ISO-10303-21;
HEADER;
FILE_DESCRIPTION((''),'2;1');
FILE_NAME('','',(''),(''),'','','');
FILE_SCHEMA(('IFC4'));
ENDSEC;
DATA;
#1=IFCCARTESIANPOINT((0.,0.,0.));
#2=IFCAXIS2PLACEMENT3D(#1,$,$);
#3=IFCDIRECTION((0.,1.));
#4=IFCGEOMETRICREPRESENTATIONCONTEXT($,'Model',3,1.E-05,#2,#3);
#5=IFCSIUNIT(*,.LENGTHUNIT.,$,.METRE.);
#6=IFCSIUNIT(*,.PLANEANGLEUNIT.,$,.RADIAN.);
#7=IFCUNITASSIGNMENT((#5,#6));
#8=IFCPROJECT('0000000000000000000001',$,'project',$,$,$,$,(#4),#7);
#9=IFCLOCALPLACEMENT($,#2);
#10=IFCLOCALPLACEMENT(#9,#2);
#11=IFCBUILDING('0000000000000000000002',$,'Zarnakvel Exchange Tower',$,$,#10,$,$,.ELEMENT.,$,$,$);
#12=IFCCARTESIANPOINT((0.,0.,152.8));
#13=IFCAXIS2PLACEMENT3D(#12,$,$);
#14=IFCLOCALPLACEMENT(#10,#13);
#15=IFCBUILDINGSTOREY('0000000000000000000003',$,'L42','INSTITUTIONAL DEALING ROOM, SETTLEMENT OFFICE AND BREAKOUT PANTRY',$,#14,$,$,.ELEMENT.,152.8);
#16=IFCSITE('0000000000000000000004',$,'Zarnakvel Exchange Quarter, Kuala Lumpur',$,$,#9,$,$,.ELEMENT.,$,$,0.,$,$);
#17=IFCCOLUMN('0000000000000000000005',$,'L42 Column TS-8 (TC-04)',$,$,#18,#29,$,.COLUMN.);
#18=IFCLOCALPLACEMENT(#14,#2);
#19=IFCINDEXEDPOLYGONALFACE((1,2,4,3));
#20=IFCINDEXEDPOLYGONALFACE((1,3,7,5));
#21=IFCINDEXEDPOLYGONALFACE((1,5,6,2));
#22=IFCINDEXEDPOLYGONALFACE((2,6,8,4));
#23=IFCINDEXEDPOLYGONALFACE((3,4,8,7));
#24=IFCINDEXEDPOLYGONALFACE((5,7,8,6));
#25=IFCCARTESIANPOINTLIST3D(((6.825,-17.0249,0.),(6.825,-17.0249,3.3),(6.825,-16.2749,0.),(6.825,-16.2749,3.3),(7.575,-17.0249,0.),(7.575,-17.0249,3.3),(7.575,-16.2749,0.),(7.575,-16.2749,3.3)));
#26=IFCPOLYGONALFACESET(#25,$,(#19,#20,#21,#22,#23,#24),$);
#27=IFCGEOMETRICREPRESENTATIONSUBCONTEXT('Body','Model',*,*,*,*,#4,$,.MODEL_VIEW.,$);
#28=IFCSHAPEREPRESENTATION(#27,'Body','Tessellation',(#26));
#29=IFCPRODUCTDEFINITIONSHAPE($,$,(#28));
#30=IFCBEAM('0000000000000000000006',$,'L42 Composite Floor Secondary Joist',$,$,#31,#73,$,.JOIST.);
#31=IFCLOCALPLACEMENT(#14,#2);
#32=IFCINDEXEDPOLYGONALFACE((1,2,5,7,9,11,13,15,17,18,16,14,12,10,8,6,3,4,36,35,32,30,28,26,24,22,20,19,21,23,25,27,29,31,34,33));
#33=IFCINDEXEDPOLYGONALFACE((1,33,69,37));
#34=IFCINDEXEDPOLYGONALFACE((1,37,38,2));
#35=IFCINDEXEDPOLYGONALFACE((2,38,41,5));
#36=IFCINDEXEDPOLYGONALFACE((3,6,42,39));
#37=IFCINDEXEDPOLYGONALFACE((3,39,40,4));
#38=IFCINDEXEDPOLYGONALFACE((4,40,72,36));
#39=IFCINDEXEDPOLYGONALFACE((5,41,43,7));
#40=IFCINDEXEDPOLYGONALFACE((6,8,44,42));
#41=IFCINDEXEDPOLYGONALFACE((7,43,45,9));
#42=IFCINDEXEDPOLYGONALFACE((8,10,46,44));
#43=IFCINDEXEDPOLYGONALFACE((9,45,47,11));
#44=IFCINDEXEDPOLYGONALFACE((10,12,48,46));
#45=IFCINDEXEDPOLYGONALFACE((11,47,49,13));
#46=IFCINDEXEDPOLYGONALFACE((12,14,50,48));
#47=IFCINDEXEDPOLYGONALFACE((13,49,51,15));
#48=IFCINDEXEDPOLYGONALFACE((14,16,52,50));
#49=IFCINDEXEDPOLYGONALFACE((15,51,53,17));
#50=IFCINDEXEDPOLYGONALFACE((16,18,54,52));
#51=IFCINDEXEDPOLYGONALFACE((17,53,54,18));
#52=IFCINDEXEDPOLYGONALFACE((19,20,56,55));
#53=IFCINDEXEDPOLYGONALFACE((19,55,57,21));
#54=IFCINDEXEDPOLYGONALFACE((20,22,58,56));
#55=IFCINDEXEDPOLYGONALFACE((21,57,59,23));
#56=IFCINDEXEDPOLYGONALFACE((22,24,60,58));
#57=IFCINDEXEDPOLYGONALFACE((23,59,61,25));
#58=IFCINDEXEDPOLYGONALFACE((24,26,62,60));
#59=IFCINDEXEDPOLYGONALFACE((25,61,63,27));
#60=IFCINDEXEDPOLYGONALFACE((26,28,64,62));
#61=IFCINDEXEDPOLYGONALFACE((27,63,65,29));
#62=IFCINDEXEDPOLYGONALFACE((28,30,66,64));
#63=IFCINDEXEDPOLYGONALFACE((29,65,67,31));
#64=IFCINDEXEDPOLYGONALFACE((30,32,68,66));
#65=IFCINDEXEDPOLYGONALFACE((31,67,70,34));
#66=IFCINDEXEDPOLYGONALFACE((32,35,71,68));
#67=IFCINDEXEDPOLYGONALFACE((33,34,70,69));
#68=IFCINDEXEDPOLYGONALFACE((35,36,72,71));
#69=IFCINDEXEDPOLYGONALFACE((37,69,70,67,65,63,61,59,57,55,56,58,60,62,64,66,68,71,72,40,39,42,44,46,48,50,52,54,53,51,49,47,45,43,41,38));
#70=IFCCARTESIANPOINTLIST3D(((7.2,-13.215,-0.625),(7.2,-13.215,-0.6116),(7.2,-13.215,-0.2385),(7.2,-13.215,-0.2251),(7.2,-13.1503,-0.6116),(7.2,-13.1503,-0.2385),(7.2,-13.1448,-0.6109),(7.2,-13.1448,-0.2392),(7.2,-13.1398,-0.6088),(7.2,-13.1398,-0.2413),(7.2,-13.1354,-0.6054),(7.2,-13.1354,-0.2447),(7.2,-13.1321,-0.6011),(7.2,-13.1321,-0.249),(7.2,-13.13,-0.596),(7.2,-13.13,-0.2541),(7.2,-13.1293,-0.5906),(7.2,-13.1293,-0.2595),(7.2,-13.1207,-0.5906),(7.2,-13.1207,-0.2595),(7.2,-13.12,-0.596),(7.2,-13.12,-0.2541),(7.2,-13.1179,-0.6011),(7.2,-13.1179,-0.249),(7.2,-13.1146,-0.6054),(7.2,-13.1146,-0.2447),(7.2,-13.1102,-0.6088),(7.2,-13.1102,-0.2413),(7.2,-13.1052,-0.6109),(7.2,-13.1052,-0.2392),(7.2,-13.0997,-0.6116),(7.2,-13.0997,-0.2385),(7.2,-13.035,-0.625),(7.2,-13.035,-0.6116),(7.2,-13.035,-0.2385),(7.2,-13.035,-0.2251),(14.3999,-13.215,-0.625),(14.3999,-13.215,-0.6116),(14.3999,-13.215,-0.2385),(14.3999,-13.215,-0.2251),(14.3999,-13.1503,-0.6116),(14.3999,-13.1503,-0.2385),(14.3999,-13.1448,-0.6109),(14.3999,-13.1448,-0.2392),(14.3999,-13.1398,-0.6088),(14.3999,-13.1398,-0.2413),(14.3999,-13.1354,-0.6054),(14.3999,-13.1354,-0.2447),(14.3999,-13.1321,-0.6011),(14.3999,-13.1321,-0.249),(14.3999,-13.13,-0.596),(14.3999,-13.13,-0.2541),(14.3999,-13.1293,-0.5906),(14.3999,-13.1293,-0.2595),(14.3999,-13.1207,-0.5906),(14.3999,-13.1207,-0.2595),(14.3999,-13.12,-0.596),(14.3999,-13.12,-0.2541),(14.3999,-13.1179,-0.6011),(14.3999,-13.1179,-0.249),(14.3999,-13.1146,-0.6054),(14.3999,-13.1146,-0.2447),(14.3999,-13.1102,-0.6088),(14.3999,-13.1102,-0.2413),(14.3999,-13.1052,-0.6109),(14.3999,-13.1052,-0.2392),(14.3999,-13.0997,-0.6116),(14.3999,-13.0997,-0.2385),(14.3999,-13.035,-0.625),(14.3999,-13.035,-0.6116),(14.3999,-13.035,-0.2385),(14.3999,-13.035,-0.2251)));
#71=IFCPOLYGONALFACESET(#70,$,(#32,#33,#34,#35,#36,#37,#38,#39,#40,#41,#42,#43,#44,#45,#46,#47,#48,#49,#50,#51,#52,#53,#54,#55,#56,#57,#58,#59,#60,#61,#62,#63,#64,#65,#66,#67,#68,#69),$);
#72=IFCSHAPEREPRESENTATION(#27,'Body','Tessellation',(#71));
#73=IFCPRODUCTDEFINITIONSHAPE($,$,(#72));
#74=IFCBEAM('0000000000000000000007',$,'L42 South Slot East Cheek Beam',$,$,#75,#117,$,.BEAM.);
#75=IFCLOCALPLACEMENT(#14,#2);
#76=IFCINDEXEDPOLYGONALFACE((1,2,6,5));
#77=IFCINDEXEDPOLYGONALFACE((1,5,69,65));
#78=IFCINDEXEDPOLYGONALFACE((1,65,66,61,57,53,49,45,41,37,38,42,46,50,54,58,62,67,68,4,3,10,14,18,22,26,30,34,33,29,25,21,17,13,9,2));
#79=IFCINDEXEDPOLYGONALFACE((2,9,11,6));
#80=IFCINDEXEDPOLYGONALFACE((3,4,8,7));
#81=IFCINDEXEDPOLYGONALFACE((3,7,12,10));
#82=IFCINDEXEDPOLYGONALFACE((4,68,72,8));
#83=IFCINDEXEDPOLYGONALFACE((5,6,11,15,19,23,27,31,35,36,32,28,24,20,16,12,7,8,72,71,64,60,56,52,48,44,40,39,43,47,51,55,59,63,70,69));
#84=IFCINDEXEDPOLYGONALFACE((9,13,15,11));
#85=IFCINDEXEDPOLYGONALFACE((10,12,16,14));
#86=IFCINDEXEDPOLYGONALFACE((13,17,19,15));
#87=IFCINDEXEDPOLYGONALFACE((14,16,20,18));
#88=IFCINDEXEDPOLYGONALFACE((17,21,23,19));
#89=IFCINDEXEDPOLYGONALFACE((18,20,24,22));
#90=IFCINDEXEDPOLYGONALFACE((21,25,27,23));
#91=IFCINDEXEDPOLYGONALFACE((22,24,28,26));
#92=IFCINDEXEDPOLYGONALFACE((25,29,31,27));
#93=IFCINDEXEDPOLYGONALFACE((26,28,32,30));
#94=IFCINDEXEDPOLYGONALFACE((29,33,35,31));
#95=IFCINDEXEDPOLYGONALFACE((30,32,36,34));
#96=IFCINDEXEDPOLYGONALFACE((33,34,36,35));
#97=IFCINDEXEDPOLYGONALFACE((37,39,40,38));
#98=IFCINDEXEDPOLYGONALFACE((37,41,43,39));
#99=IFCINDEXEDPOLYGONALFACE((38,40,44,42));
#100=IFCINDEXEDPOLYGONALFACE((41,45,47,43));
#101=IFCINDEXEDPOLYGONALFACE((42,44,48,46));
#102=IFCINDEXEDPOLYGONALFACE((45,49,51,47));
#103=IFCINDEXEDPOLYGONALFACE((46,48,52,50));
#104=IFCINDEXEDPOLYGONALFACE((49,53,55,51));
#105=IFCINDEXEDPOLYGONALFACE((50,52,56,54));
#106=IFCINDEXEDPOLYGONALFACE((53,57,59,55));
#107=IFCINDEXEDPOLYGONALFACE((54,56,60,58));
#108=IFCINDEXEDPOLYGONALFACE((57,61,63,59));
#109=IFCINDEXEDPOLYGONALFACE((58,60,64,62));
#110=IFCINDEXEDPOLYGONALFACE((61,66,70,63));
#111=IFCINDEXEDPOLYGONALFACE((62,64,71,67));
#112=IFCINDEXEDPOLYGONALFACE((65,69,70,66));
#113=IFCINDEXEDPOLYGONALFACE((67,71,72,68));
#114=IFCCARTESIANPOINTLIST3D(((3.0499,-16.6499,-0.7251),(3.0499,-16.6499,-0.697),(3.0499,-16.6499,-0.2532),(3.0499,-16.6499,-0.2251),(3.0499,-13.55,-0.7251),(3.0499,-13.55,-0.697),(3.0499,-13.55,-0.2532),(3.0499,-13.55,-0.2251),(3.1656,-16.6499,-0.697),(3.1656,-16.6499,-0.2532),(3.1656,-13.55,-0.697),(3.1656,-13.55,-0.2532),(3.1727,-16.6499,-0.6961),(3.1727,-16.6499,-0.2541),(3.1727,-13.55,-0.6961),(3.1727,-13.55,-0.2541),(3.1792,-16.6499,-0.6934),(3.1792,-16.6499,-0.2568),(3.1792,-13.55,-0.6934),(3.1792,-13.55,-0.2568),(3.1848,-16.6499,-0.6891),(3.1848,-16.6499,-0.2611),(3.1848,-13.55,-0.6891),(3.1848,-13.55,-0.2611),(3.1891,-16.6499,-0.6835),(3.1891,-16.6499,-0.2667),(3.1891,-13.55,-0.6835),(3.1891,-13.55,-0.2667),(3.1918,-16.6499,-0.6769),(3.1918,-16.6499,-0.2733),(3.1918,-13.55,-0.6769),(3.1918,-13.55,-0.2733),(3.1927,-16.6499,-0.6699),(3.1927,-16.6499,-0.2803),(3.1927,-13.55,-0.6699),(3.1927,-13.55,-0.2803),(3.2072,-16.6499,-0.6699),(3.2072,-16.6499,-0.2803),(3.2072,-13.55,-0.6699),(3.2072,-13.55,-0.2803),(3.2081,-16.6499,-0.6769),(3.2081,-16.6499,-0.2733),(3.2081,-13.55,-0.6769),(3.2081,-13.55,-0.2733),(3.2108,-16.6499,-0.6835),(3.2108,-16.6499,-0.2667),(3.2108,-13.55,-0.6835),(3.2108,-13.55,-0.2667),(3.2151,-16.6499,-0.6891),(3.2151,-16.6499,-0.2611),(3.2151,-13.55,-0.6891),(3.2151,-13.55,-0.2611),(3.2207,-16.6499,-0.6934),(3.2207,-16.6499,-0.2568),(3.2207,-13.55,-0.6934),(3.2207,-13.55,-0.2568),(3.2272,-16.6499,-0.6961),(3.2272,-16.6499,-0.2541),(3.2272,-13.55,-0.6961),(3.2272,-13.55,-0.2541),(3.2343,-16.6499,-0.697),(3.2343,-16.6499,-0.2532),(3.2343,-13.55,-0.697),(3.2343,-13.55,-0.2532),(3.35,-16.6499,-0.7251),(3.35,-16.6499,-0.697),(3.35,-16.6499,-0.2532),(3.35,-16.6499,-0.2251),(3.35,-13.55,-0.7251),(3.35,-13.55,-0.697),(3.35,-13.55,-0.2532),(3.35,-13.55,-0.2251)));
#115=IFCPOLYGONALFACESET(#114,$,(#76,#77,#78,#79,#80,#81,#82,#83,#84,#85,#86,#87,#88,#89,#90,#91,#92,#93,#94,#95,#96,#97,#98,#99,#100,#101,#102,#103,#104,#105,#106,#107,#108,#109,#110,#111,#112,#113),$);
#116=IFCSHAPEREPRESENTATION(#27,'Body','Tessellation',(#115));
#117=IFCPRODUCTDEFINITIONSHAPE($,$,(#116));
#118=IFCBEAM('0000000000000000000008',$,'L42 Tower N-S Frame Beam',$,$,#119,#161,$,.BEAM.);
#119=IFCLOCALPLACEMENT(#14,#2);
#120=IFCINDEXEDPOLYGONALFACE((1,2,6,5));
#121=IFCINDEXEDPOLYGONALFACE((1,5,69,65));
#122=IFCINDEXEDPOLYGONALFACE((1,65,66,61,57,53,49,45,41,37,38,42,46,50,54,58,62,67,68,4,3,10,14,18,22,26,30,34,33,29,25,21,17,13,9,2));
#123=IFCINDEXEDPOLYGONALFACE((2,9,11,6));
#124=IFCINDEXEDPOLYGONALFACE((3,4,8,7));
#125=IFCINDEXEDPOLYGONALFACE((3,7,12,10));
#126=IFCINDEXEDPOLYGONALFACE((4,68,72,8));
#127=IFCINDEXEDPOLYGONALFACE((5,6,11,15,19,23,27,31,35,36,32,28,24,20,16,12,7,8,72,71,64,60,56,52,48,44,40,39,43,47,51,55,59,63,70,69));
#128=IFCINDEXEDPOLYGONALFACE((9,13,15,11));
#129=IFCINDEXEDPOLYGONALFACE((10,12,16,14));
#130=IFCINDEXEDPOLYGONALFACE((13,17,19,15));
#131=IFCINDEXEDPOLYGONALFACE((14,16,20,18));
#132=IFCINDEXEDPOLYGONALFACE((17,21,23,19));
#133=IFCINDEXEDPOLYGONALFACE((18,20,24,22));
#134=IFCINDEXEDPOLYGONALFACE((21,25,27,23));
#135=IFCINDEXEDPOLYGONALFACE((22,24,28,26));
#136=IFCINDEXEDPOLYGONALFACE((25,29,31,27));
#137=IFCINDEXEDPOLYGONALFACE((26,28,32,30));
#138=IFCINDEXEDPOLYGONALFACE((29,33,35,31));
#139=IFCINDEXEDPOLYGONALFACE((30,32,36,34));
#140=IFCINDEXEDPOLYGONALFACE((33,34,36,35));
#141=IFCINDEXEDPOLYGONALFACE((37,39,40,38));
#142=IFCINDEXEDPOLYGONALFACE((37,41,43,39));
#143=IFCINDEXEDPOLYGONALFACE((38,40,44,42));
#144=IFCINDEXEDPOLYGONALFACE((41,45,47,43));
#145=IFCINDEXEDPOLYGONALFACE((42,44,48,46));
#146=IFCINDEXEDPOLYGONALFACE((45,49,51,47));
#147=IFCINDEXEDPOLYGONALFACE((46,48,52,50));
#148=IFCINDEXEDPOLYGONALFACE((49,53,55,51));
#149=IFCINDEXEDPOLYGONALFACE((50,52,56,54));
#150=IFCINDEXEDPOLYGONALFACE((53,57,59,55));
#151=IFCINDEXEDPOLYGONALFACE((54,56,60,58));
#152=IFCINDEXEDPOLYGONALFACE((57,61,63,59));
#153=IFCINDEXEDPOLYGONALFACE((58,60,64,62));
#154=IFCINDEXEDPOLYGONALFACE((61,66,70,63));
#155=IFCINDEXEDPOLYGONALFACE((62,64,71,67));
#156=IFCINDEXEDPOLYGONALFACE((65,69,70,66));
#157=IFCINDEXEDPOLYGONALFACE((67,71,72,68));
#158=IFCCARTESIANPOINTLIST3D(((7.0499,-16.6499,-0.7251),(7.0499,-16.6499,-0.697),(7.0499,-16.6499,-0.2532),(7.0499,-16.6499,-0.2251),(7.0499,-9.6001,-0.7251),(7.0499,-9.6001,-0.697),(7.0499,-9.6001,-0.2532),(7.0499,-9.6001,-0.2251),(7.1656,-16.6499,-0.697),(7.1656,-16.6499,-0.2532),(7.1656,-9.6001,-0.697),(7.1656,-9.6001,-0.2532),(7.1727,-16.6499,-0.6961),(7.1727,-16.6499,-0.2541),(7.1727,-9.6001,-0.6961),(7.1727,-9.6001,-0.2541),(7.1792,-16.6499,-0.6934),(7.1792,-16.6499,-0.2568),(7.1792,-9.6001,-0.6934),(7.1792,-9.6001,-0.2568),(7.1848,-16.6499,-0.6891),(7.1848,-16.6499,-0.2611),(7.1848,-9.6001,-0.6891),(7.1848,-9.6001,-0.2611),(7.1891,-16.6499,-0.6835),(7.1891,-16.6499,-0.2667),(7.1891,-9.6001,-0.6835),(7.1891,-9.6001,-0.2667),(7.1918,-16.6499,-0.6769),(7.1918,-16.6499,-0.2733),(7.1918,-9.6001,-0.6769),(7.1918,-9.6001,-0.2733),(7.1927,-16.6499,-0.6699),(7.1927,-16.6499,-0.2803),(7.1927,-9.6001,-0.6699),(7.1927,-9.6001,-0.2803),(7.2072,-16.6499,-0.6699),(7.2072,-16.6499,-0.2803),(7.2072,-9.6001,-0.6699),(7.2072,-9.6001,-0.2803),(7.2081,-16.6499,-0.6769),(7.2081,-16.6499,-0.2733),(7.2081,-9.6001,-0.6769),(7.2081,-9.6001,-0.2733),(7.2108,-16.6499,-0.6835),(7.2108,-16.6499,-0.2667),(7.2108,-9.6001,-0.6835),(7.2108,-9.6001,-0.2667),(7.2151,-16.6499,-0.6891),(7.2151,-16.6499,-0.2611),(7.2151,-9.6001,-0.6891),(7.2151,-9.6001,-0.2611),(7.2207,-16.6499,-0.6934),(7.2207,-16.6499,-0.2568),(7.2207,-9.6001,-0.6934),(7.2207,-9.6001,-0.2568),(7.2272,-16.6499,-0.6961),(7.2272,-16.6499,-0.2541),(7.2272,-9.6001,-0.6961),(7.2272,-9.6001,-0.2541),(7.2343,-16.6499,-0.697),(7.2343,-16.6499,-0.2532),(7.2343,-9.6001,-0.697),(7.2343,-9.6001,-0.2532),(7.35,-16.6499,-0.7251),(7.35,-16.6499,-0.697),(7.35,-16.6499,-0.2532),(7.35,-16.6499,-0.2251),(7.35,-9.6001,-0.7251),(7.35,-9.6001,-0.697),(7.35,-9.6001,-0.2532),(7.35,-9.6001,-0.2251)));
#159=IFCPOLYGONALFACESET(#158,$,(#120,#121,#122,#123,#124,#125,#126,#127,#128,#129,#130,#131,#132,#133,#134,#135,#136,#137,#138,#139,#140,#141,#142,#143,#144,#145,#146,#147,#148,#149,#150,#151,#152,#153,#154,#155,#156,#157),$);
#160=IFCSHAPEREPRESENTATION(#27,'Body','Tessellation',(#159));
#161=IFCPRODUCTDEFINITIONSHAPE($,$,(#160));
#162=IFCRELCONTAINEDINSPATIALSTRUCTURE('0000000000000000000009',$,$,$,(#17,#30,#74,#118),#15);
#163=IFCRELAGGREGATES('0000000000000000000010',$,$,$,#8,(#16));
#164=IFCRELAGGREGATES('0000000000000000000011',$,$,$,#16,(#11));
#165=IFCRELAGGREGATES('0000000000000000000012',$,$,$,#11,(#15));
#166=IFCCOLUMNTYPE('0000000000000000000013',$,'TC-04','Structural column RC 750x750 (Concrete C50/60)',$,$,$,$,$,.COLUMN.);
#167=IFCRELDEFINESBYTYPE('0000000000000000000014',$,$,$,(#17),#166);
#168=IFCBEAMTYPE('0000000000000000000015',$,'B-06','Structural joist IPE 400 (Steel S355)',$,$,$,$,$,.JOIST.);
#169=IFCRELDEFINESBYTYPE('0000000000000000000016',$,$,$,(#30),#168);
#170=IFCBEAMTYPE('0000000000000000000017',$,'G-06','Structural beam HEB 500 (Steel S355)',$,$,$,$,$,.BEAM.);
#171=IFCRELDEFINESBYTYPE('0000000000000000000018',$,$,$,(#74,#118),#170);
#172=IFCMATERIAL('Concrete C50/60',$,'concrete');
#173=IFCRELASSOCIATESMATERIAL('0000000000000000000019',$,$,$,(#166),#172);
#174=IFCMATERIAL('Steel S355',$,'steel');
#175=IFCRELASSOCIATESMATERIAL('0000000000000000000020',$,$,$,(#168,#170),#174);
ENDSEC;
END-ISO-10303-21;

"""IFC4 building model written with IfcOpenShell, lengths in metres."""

from ifc_helpers import new_model, si_unit, direction, frame, origin, origin_2d, place, context, subcontext, project, spatial, rectangle, i_section, extrude, material, material_profile, profile_set, type_object, element, save


model = new_model("IFC4")

# Units and contexts
model_context = context("Model", 3, precision=1e-05, world=origin(), true_north=direction((0.0, 1.0)))
body_context = subcontext(model_context, "Body", "Model", "MODEL_VIEW")
ifc_project = project(units=[si_unit("LENGTHUNIT", "METRE"), si_unit("PLANEANGLEUNIT", "RADIAN")], contexts=[model_context])

# Site, building, storey
site_placement = place(None, origin())
site = spatial("IfcSite", under=ifc_project, at=site_placement, Name="Zarnakvel Exchange Quarter, Kuala Lumpur", CompositionType="ELEMENT", RefElevation=0.0)
building_placement = place(site_placement, origin())
building = spatial("IfcBuilding", under=site, at=building_placement, Name="Zarnakvel Exchange Tower", CompositionType="ELEMENT")
storey_placement = place(building_placement, frame((0.0, 0.0, 152.8)))
storey = spatial("IfcBuildingStorey", under=building, at=storey_placement, Name="L42", Description="INSTITUTIONAL DEALING ROOM, SETTLEMENT OFFICE AND BREAKOUT PANTRY", CompositionType="ELEMENT", Elevation=152.8)

# Column
ifc_material_1 = material(Name="Concrete C50/60", Category="concrete")
ifc_material_profile_1 = material_profile(ifc_material_1, rectangle(XDim=0.75, YDim=0.75, at=origin_2d()))
ifc_profile_set_1 = profile_set([ifc_material_profile_1], Name="Concrete C50/60")
column_type = type_object("IfcColumnType", Name="TC-04", Description="Structural column RC 750x750 (Concrete C50/60)", PredefinedType="COLUMN", material=ifc_profile_set_1)
column_placement = place(storey_placement, frame((7.2, -16.6499, 0.0), z_axis=(0.0, 0.0, 1.0), x_axis=(1.0, 0.0, 0.0)))
element("IfcColumn", 1, at=column_placement, inside=storey, type_object=column_type, Name="L42 Column TS-8 (TC-04)", PredefinedType="COLUMN", context=body_context, shape_type="SweptSolid", body=[
    extrude(rectangle(XDim=0.75, YDim=0.75, at=origin_2d()), origin(), (0.0, 0.0, 1.0), 3.3),
])

# Beams
ifc_material_2 = material(Name="Steel S355", Category="steel")
ifc_material_profile_2 = material_profile(ifc_material_2, i_section(OverallWidth=0.1799, OverallDepth=0.3999, WebThickness=0.0085, FlangeThickness=0.0134, FilletRadius=0.021, at=origin_2d()))
ifc_profile_set_2 = profile_set([ifc_material_profile_2], Name="Steel S355")
beam_type_1 = type_object("IfcBeamType", Name="B-06", Description="Structural joist IPE 400 (Steel S355)", PredefinedType="JOIST", material=ifc_profile_set_2)
beam_1_placement = place(storey_placement, frame((7.2, -13.125, -0.425), z_axis=(1.0, 0.0, 0.0), x_axis=(0.0, 1.0, 0.0)))
element("IfcBeam", 2, at=beam_1_placement, inside=storey, type_object=beam_type_1, Name="L42 Composite Floor Secondary Joist", PredefinedType="JOIST", context=body_context, shape_type="SweptSolid", body=[
    extrude(i_section(OverallWidth=0.1799, OverallDepth=0.3999, WebThickness=0.0085, FlangeThickness=0.0134, FilletRadius=0.021, at=origin_2d()), origin(), (0.0, 0.0, 1.0), 7.2),
])
ifc_material_profile_3 = material_profile(ifc_material_2, i_section(OverallWidth=0.3, OverallDepth=0.5, WebThickness=0.0144, FlangeThickness=0.0281, FilletRadius=0.0271, at=origin_2d()))
ifc_profile_set_3 = profile_set([ifc_material_profile_3], Name="Steel S355")
beam_type_2 = type_object("IfcBeamType", Name="G-06", Description="Structural beam HEB 500 (Steel S355)", PredefinedType="BEAM", material=ifc_profile_set_3)
beam_2_placement = place(storey_placement, frame((3.2, -16.6499, -0.4751), z_axis=(0.0, 1.0, 0.0), x_axis=(-1.0, 0.0, 0.0)))
element("IfcBeam", 3, at=beam_2_placement, inside=storey, type_object=beam_type_2, Name="L42 South Slot East Cheek Beam", PredefinedType="BEAM", context=body_context, shape_type="SweptSolid", body=[
    extrude(i_section(OverallWidth=0.3, OverallDepth=0.5, WebThickness=0.0144, FlangeThickness=0.0281, FilletRadius=0.0271, at=origin_2d()), origin(), (0.0, 0.0, 1.0), 3.0999),
])
beam_3_placement = place(storey_placement, frame((7.2, -16.6499, -0.4751), z_axis=(0.0, 1.0, 0.0), x_axis=(-1.0, 0.0, 0.0)))
element("IfcBeam", 4, at=beam_3_placement, inside=storey, type_object=beam_type_2, Name="L42 Tower N-S Frame Beam", PredefinedType="BEAM", context=body_context, shape_type="SweptSolid", body=[
    extrude(i_section(OverallWidth=0.3, OverallDepth=0.5, WebThickness=0.0144, FlangeThickness=0.0281, FilletRadius=0.0271, at=origin_2d()), origin(), (0.0, 0.0, 1.0), 7.0498),
])

save(model, "model.ifc")
